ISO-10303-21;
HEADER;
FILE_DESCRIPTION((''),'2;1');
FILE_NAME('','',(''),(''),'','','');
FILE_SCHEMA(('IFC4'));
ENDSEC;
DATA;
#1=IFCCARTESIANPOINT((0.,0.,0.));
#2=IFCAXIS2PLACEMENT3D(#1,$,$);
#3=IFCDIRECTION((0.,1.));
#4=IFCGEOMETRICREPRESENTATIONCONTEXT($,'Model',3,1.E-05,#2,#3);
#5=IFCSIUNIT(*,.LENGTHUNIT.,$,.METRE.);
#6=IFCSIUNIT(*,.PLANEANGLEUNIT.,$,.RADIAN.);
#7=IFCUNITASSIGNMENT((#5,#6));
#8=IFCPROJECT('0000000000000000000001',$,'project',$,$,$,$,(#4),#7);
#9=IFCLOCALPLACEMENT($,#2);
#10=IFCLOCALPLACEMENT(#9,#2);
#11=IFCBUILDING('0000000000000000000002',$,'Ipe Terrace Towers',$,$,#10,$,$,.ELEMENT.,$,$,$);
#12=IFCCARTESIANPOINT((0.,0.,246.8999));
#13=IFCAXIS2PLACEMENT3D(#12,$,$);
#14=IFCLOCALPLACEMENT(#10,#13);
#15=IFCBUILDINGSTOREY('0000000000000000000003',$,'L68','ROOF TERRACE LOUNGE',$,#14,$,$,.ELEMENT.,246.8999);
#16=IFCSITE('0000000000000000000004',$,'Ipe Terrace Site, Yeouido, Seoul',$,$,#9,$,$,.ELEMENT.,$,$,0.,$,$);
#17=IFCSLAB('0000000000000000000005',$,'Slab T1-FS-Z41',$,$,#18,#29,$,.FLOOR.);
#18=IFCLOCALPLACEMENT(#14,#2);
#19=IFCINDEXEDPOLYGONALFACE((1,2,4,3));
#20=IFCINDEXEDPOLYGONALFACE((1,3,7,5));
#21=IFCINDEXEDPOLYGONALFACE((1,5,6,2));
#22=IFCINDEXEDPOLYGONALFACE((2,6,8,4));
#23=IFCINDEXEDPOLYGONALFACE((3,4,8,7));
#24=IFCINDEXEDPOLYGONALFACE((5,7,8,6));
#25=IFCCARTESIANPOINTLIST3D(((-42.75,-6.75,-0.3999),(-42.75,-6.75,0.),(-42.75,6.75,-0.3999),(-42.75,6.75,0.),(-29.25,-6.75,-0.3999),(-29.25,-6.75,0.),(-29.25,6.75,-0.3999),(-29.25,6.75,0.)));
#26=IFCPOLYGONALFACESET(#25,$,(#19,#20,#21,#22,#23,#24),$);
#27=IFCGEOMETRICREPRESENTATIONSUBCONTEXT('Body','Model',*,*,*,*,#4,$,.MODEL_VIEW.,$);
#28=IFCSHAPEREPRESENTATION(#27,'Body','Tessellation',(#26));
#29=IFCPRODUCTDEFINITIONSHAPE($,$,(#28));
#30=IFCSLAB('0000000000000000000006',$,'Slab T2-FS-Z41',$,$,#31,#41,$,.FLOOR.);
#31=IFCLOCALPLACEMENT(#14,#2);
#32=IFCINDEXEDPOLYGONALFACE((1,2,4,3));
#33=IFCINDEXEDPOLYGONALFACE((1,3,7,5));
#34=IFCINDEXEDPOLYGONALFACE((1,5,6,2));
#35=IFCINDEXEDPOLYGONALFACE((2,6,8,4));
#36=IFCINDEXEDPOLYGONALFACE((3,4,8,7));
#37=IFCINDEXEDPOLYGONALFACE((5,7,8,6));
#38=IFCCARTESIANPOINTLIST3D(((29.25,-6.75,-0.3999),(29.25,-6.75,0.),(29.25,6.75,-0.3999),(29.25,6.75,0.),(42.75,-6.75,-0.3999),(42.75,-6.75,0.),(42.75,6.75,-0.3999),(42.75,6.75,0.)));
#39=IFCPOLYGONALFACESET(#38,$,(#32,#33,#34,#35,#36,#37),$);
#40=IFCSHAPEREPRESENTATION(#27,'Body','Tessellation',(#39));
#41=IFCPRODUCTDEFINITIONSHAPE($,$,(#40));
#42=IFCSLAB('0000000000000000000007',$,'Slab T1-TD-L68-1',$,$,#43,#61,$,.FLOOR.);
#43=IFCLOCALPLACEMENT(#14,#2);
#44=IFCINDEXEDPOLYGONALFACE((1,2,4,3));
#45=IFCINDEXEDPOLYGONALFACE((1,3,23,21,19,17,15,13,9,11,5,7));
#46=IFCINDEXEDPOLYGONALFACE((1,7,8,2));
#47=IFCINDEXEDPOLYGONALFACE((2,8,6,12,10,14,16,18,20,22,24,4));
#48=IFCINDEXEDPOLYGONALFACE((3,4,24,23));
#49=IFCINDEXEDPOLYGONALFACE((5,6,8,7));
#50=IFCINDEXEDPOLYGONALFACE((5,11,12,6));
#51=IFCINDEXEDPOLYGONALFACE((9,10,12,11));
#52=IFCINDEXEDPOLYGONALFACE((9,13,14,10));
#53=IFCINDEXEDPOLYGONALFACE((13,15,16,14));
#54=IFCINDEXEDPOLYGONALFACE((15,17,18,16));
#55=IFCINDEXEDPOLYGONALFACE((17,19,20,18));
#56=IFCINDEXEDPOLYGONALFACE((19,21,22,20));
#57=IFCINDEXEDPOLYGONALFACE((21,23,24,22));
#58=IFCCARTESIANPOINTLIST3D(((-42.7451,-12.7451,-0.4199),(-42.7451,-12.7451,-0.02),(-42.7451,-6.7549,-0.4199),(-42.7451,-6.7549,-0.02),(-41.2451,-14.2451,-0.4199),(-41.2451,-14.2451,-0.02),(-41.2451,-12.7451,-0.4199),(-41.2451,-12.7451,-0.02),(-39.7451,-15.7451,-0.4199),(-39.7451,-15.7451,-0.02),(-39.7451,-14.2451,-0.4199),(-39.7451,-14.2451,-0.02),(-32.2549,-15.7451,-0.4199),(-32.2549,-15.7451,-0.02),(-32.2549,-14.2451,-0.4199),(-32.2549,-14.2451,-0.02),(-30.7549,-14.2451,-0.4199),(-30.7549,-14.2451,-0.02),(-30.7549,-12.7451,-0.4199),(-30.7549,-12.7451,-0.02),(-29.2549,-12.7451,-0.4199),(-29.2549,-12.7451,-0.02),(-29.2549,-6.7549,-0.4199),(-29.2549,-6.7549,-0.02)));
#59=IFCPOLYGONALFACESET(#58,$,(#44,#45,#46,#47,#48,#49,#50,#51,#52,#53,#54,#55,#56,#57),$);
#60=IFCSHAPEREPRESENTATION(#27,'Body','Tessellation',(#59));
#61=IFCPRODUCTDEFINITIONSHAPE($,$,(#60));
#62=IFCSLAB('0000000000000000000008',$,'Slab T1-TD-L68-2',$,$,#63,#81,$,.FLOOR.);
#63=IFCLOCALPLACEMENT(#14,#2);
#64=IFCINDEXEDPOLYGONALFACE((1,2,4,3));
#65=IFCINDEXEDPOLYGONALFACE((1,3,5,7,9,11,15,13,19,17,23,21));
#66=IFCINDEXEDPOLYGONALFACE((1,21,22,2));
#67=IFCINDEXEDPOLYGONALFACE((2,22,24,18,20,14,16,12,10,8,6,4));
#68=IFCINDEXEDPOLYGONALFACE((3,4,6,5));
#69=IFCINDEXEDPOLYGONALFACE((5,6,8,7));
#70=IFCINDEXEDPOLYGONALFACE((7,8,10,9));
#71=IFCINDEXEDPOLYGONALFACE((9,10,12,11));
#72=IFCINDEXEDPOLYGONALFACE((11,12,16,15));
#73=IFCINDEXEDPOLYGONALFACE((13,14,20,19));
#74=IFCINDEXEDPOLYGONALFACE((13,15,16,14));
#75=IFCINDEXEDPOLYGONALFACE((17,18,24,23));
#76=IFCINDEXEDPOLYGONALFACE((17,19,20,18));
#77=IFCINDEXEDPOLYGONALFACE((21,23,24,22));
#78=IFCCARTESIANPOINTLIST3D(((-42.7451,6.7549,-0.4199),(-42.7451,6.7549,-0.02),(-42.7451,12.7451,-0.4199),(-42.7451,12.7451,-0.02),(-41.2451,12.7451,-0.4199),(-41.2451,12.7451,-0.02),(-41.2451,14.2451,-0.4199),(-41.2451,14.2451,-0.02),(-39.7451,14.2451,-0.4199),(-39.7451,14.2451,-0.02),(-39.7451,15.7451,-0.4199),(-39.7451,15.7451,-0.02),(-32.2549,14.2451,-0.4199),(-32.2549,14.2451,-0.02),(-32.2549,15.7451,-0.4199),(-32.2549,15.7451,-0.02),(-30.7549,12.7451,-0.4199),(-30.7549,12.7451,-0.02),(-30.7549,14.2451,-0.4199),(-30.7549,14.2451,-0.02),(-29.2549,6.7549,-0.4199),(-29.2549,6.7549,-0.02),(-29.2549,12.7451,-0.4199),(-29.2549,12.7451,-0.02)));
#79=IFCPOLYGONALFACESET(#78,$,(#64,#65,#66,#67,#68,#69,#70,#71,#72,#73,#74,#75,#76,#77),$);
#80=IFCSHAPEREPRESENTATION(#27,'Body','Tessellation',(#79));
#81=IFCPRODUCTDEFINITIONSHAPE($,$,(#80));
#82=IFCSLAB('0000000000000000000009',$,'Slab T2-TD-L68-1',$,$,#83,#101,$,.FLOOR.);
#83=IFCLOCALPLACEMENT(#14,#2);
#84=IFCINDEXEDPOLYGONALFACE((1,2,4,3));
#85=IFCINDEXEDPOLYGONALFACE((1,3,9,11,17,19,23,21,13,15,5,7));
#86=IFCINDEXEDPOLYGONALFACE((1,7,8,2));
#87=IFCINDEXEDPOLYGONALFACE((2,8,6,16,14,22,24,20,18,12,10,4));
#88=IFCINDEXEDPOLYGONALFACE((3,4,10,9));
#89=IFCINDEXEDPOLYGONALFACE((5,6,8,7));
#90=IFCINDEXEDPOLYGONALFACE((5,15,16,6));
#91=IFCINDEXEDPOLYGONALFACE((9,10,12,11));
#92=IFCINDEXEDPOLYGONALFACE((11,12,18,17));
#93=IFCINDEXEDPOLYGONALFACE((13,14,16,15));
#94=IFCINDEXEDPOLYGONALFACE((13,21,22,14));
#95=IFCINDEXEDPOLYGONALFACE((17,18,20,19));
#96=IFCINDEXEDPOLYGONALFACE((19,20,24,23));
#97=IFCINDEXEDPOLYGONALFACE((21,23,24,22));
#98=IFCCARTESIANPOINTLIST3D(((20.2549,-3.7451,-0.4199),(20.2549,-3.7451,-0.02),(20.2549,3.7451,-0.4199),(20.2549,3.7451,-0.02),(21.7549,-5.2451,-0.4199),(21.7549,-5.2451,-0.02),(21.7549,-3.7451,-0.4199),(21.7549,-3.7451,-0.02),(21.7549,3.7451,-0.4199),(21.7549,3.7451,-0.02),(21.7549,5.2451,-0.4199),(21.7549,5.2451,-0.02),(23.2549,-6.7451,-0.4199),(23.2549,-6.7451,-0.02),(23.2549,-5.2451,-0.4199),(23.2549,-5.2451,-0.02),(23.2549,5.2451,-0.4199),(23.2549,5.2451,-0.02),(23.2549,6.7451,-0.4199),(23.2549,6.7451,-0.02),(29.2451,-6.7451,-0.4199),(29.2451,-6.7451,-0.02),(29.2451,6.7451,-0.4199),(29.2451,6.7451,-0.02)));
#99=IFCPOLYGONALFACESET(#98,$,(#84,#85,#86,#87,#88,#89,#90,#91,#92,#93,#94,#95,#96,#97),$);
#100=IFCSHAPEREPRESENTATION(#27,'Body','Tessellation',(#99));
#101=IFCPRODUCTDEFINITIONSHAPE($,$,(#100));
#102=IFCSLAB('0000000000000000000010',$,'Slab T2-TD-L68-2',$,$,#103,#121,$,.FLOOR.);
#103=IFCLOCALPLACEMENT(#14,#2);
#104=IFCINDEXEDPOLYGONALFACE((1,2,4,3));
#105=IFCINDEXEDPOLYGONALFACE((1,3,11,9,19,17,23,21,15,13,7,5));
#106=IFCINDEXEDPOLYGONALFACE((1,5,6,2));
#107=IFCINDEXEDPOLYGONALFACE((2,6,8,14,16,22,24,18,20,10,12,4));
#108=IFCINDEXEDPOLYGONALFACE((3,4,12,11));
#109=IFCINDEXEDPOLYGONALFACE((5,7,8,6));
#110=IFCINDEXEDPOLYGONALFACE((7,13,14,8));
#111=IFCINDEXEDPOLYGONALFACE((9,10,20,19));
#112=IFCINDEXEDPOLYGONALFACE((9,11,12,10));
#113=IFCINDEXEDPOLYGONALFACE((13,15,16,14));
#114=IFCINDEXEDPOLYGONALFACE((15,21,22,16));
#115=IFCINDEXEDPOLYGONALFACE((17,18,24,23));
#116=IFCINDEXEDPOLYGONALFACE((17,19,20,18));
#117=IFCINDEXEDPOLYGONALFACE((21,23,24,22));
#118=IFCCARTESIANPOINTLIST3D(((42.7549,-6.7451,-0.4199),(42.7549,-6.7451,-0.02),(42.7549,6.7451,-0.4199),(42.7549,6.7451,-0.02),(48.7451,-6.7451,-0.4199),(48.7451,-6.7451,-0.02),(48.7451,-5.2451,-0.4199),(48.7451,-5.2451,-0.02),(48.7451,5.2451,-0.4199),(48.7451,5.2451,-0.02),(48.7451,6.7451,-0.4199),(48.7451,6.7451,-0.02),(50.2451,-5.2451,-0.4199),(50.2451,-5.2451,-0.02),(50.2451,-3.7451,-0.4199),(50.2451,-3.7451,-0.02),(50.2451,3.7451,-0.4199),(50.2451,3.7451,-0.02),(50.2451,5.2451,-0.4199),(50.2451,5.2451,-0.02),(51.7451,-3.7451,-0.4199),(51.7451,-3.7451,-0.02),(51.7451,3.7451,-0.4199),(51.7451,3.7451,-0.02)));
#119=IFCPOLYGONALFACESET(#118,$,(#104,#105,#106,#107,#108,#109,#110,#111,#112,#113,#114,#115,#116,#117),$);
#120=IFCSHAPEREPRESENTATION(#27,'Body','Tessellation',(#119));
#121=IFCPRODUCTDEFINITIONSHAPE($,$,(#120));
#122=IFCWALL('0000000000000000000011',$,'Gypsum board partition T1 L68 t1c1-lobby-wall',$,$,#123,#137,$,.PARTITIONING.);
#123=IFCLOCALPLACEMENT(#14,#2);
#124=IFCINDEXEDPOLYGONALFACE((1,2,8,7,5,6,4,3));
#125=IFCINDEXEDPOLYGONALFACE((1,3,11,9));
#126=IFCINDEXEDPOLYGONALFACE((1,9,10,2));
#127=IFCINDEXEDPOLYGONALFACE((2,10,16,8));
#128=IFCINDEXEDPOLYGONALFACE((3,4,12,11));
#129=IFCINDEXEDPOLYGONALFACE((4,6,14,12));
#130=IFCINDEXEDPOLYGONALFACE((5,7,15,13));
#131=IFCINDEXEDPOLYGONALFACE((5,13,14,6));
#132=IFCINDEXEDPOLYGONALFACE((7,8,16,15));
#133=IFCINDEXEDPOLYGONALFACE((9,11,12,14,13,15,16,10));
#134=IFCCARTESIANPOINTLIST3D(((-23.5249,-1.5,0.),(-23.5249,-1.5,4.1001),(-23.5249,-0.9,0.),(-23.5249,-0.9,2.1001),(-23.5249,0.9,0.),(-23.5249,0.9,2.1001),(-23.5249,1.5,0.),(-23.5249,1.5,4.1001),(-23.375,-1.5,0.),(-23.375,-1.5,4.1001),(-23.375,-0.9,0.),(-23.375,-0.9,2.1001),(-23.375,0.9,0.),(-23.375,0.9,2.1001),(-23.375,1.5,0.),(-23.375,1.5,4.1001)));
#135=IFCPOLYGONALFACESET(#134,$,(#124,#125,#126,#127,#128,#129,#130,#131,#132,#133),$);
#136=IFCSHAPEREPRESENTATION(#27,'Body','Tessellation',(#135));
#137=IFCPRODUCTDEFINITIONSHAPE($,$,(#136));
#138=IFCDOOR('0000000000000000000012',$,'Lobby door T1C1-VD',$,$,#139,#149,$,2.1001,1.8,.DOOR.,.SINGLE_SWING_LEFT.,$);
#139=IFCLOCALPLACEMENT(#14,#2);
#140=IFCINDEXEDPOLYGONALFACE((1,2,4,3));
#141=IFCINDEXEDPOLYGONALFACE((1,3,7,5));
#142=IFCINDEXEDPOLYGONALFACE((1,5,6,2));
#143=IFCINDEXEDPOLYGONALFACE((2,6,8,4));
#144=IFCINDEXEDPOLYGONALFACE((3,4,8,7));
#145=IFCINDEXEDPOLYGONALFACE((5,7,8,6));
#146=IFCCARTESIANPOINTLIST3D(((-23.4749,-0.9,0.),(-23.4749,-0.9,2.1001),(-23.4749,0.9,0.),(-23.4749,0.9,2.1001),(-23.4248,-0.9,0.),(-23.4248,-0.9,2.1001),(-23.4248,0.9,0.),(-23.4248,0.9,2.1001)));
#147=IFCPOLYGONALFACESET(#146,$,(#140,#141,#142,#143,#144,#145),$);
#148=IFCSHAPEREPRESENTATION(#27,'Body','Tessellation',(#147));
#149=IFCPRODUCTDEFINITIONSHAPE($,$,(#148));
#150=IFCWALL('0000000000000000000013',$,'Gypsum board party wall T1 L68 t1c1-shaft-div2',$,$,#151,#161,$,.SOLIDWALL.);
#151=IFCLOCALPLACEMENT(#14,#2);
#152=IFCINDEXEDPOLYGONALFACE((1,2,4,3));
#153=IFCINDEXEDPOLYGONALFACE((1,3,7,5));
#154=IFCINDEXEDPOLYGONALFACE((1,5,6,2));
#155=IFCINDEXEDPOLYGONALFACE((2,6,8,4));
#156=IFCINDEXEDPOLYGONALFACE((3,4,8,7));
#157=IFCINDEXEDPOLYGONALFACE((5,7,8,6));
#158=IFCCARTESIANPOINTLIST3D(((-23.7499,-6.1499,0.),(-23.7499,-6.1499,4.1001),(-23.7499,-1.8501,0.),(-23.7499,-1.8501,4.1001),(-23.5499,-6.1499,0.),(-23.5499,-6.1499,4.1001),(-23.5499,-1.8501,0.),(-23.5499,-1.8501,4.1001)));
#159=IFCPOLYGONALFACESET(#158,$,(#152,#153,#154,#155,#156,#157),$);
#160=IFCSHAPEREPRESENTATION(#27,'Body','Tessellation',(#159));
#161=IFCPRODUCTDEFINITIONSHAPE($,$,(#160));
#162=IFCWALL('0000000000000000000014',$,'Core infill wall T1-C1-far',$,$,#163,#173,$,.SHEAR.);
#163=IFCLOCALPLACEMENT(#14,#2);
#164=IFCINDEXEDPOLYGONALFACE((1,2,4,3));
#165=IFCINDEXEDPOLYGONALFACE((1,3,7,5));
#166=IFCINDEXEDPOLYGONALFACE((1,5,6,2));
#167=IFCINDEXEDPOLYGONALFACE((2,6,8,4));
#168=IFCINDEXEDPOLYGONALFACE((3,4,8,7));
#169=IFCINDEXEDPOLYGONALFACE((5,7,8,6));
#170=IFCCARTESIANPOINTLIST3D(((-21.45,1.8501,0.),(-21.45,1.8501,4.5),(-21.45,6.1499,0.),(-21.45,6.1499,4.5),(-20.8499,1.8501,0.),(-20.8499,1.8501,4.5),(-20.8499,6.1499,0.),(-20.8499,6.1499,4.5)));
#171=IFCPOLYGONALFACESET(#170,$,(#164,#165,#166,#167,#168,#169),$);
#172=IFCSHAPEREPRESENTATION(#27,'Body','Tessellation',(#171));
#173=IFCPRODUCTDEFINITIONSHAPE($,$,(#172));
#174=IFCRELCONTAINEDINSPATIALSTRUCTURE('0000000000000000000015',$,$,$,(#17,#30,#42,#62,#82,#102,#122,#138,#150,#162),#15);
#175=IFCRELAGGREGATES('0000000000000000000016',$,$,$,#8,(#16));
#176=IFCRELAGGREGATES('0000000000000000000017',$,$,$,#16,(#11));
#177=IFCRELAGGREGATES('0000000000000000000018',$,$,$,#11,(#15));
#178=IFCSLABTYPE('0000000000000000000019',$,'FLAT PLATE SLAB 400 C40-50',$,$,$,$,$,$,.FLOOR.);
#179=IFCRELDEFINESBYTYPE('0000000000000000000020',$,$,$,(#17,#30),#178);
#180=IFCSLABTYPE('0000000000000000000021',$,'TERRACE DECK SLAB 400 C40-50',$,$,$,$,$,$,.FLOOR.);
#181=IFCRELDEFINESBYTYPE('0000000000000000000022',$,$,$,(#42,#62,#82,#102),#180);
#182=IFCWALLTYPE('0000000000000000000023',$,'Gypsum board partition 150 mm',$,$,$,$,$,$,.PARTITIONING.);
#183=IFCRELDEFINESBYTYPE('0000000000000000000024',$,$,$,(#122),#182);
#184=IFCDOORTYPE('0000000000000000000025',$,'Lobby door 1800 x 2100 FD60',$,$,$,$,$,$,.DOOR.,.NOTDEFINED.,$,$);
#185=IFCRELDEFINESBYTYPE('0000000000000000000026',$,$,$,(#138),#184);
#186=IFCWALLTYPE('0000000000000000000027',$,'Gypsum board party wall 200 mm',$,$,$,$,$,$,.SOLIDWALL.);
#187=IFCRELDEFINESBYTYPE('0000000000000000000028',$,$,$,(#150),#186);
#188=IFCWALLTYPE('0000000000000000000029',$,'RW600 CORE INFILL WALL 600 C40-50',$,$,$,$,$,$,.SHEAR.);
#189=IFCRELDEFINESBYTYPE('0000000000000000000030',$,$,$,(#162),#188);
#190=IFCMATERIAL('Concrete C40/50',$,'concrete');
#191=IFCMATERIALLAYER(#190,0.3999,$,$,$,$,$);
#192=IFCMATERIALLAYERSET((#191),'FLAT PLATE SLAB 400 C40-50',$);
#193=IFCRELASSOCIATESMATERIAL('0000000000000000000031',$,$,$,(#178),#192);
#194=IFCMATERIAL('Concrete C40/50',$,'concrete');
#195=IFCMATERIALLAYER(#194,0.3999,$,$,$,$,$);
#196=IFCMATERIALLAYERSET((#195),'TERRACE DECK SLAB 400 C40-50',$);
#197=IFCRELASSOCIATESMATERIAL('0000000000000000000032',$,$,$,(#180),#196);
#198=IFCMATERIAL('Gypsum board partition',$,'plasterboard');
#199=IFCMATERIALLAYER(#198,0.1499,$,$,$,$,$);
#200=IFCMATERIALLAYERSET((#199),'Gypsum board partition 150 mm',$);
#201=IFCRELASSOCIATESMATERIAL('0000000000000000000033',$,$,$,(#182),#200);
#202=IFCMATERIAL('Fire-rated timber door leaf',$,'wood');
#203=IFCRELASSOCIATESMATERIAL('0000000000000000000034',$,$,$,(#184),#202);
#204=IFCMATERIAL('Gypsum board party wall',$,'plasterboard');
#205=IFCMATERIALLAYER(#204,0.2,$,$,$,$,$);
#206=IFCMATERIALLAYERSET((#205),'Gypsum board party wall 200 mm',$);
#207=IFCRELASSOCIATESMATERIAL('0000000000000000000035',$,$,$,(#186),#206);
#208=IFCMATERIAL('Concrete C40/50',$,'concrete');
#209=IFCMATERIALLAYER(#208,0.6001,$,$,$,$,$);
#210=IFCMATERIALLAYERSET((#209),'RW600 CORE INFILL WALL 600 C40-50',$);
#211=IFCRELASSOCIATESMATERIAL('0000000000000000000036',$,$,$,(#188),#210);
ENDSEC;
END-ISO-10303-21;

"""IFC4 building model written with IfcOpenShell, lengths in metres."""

from ifc_helpers import new_model, si_unit, direction, frame, frame_2d, origin, place, context, subcontext, project, spatial, polyline, rectangle, outline, extrude, material, layer, layer_set, type_object, element, fill, save


model = new_model("IFC4")

# Units and contexts
model_context = context("Model", 3, precision=1e-05, world=origin(), true_north=direction((0.0, 1.0)))
body_context = subcontext(model_context, "Body", "Model", "MODEL_VIEW")
ifc_project = project(units=[si_unit("LENGTHUNIT", "METRE"), si_unit("PLANEANGLEUNIT", "RADIAN")], contexts=[model_context])

# Site, building, storey
site_placement = place(None, origin())
site = spatial("IfcSite", under=ifc_project, at=site_placement, Name="Ipe Terrace Site, Yeouido, Seoul", CompositionType="ELEMENT", RefElevation=0.0)
building_placement = place(site_placement, origin())
building = spatial("IfcBuilding", under=site, at=building_placement, Name="Ipe Terrace Towers", CompositionType="ELEMENT")
storey_placement = place(building_placement, frame((0.0, 0.0, 246.8999)))
storey = spatial("IfcBuildingStorey", under=building, at=storey_placement, Name="L68", Description="ROOF TERRACE LOUNGE", CompositionType="ELEMENT", Elevation=246.8999)

# Slabs
ifc_material_1 = material(Name="Concrete C40/50", Category="concrete")
ifc_layer_1 = layer(ifc_material_1, 0.3999)
ifc_layer_set_1 = layer_set([ifc_layer_1], Name="FLAT PLATE SLAB 400 C40-50")
slab_type_1 = type_object("IfcSlabType", Name="FLAT PLATE SLAB 400 C40-50", PredefinedType="FLOOR", material=ifc_layer_set_1)
slab_1_placement = place(storey_placement, frame((0.0, 0.0, -0.3999)))
element("IfcSlab", 1, at=slab_1_placement, inside=storey, type_object=slab_type_1, Name="Slab T1-FS-Z41", PredefinedType="FLOOR", context=body_context, shape_type="SweptSolid", body=[
    extrude(outline(polyline([(-29.25, 6.75), (-29.25, -6.75), (-42.75, -6.75), (-42.75, 6.75), (-29.25, 6.75)])), origin(), (0.0, 0.0, 1.0), 0.3999),
])
slab_2_placement = place(storey_placement, frame((0.0, 0.0, -0.3999)))
element("IfcSlab", 2, at=slab_2_placement, inside=storey, type_object=slab_type_1, Name="Slab T2-FS-Z41", PredefinedType="FLOOR", context=body_context, shape_type="SweptSolid", body=[
    extrude(outline(polyline([(29.25, 6.75), (42.75, 6.75), (42.75, -6.75), (29.25, -6.75), (29.25, 6.75)])), origin(), (0.0, 0.0, 1.0), 0.3999),
])
ifc_material_2 = material(Name="Concrete C40/50", Category="concrete")
ifc_layer_2 = layer(ifc_material_2, 0.3999)
ifc_layer_set_2 = layer_set([ifc_layer_2], Name="TERRACE DECK SLAB 400 C40-50")
slab_type_2 = type_object("IfcSlabType", Name="TERRACE DECK SLAB 400 C40-50", PredefinedType="FLOOR", material=ifc_layer_set_2)
slab_3_placement = place(storey_placement, frame((0.0, 0.0, -0.4199)))
element("IfcSlab", 3, at=slab_3_placement, inside=storey, type_object=slab_type_2, Name="Slab T1-TD-L68-1", PredefinedType="FLOOR", context=body_context, shape_type="SweptSolid", body=[
    extrude(outline(polyline([(-42.7451, -6.7549), (-29.2549, -6.7549), (-29.2549, -12.7451), (-30.7549, -12.7451), (-30.7549, -14.2451), (-32.2549, -14.2451), (-32.2549, -15.7451), (-39.7451, -15.7451), (-39.7451, -14.2451), (-41.2451, -14.2451), (-41.2451, -12.7451), (-42.7451, -12.7451), (-42.7451, -6.7549)])), origin(), (0.0, 0.0, 1.0), 0.3999),
])
slab_4_placement = place(storey_placement, frame((0.0, 0.0, -0.4199)))
element("IfcSlab", 4, at=slab_4_placement, inside=storey, type_object=slab_type_2, Name="Slab T1-TD-L68-2", PredefinedType="FLOOR", context=body_context, shape_type="SweptSolid", body=[
    extrude(outline(polyline([(-42.7451, 12.7451), (-41.2451, 12.7451), (-41.2451, 14.2451), (-39.7451, 14.2451), (-39.7451, 15.7451), (-32.2549, 15.7451), (-32.2549, 14.2451), (-30.7549, 14.2451), (-30.7549, 12.7451), (-29.2549, 12.7451), (-29.2549, 6.7549), (-42.7451, 6.7549), (-42.7451, 12.7451)])), origin(), (0.0, 0.0, 1.0), 0.3999),
])
slab_5_placement = place(storey_placement, frame((0.0, 0.0, -0.4199)))
element("IfcSlab", 5, at=slab_5_placement, inside=storey, type_object=slab_type_2, Name="Slab T2-TD-L68-1", PredefinedType="FLOOR", context=body_context, shape_type="SweptSolid", body=[
    extrude(outline(polyline([(20.2549, 3.7451), (21.7549, 3.7451), (21.7549, 5.2451), (23.2549, 5.2451), (23.2549, 6.7451), (29.2451, 6.7451), (29.2451, -6.7451), (23.2549, -6.7451), (23.2549, -5.2451), (21.7549, -5.2451), (21.7549, -3.7451), (20.2549, -3.7451), (20.2549, 3.7451)])), origin(), (0.0, 0.0, 1.0), 0.3999),
])
slab_6_placement = place(storey_placement, frame((0.0, 0.0, -0.4199)))
element("IfcSlab", 6, at=slab_6_placement, inside=storey, type_object=slab_type_2, Name="Slab T2-TD-L68-2", PredefinedType="FLOOR", context=body_context, shape_type="SweptSolid", body=[
    extrude(outline(polyline([(42.7549, 6.7451), (48.7451, 6.7451), (48.7451, 5.2451), (50.2451, 5.2451), (50.2451, 3.7451), (51.7451, 3.7451), (51.7451, -3.7451), (50.2451, -3.7451), (50.2451, -5.2451), (48.7451, -5.2451), (48.7451, -6.7451), (42.7549, -6.7451), (42.7549, 6.7451)])), origin(), (0.0, 0.0, 1.0), 0.3999),
])

# Wall, opening, door
ifc_material_3 = material(Name="Gypsum board partition", Category="plasterboard")
ifc_layer_3 = layer(ifc_material_3, 0.1499)
ifc_layer_set_3 = layer_set([ifc_layer_3], Name="Gypsum board partition 150 mm")
wall_type_1 = type_object("IfcWallType", Name="Gypsum board partition 150 mm", PredefinedType="PARTITIONING", material=ifc_layer_set_3)
wall_1_placement = place(storey_placement, frame((-23.45, -1.5, 0.0), z_axis=(0.0, 0.0, 1.0), x_axis=(0.0, 1.0, 0.0)))
wall_1 = element("IfcWall", 7, at=wall_1_placement, inside=storey, type_object=wall_type_1, Name="Gypsum board partition T1 L68 t1c1-lobby-wall", PredefinedType="PARTITIONING", context=body_context, shape_type="SweptSolid", body=[
    extrude(rectangle(XDim=3.0, YDim=0.1499, at=frame_2d((1.5, 0.0))), origin(), (0.0, 0.0, 1.0), 4.1001),
])
opening_1_placement = place(wall_1_placement, frame((0.6001, 0.0, 0.0)))
opening_1 = element("IfcOpeningElement", 8, at=opening_1_placement, cuts=wall_1, PredefinedType="OPENING", context=body_context, shape_type="SweptSolid", body=[
    extrude(rectangle(XDim=1.8, YDim=2.1001, at=frame_2d((0.8999, 1.05))), frame((0.0, 0.085, 0.0), z_axis=(0.0, -1.0, 0.0), x_axis=(1.0, 0.0, 0.0)), (0.0, 0.0, 1.0), 0.1699),
])
ifc_material_4 = material(Name="Fire-rated timber door leaf", Category="wood")
door_type = type_object("IfcDoorType", Name="Lobby door 1800 x 2100 FD60", OperationType="NOTDEFINED", PredefinedType="DOOR", material=ifc_material_4)
door_placement = place(opening_1_placement, origin())
door = element("IfcDoor", 9, at=door_placement, inside=storey, type_object=door_type, Name="Lobby door T1C1-VD", OperationType="SINGLE_SWING_LEFT", OverallHeight=2.1001, OverallWidth=1.8, PredefinedType="DOOR", context=body_context, shape_type="SweptSolid", body=[
    extrude(rectangle(XDim=1.8, YDim=2.1001, at=frame_2d((0.8999, 1.05))), frame((0.0, 0.0249, 0.0), z_axis=(0.0, -1.0, 0.0), x_axis=(1.0, 0.0, 0.0)), (0.0, 0.0, 1.0), 0.05),
])
fill(opening_1, door)

# Walls
ifc_material_5 = material(Name="Gypsum board party wall", Category="plasterboard")
ifc_layer_4 = layer(ifc_material_5, 0.2)
ifc_layer_set_4 = layer_set([ifc_layer_4], Name="Gypsum board party wall 200 mm")
wall_type_2 = type_object("IfcWallType", Name="Gypsum board party wall 200 mm", PredefinedType="SOLIDWALL", material=ifc_layer_set_4)
wall_2_placement = place(storey_placement, frame((-23.6499, -6.1499, 0.0), z_axis=(0.0, 0.0, 1.0), x_axis=(0.0, 1.0, 0.0)))
element("IfcWall", 10, at=wall_2_placement, inside=storey, type_object=wall_type_2, Name="Gypsum board party wall T1 L68 t1c1-shaft-div2", PredefinedType="SOLIDWALL", context=body_context, shape_type="SweptSolid", body=[
    extrude(rectangle(XDim=4.2998, YDim=0.2, at=frame_2d((2.1499, 0.0))), origin(), (0.0, 0.0, 1.0), 4.1001),
])
ifc_material_6 = material(Name="Concrete C40/50", Category="concrete")
ifc_layer_5 = layer(ifc_material_6, 0.6001)
ifc_layer_set_5 = layer_set([ifc_layer_5], Name="RW600 CORE INFILL WALL 600 C40-50")
wall_type_3 = type_object("IfcWallType", Name="RW600 CORE INFILL WALL 600 C40-50", PredefinedType="SHEAR", material=ifc_layer_set_5)
wall_3_placement = place(storey_placement, frame((-21.1499, 1.8501, 0.0), z_axis=(0.0, 0.0, 1.0), x_axis=(0.0, 1.0, 0.0)))
element("IfcWall", 11, at=wall_3_placement, inside=storey, type_object=wall_type_3, Name="Core infill wall T1-C1-far", PredefinedType="SHEAR", context=body_context, shape_type="SweptSolid", body=[
    extrude(rectangle(XDim=4.2998, YDim=0.6001, at=frame_2d((2.1499, 0.0))), origin(), (0.0, 0.0, 1.0), 4.5),
])

save(model, "model.ifc")
